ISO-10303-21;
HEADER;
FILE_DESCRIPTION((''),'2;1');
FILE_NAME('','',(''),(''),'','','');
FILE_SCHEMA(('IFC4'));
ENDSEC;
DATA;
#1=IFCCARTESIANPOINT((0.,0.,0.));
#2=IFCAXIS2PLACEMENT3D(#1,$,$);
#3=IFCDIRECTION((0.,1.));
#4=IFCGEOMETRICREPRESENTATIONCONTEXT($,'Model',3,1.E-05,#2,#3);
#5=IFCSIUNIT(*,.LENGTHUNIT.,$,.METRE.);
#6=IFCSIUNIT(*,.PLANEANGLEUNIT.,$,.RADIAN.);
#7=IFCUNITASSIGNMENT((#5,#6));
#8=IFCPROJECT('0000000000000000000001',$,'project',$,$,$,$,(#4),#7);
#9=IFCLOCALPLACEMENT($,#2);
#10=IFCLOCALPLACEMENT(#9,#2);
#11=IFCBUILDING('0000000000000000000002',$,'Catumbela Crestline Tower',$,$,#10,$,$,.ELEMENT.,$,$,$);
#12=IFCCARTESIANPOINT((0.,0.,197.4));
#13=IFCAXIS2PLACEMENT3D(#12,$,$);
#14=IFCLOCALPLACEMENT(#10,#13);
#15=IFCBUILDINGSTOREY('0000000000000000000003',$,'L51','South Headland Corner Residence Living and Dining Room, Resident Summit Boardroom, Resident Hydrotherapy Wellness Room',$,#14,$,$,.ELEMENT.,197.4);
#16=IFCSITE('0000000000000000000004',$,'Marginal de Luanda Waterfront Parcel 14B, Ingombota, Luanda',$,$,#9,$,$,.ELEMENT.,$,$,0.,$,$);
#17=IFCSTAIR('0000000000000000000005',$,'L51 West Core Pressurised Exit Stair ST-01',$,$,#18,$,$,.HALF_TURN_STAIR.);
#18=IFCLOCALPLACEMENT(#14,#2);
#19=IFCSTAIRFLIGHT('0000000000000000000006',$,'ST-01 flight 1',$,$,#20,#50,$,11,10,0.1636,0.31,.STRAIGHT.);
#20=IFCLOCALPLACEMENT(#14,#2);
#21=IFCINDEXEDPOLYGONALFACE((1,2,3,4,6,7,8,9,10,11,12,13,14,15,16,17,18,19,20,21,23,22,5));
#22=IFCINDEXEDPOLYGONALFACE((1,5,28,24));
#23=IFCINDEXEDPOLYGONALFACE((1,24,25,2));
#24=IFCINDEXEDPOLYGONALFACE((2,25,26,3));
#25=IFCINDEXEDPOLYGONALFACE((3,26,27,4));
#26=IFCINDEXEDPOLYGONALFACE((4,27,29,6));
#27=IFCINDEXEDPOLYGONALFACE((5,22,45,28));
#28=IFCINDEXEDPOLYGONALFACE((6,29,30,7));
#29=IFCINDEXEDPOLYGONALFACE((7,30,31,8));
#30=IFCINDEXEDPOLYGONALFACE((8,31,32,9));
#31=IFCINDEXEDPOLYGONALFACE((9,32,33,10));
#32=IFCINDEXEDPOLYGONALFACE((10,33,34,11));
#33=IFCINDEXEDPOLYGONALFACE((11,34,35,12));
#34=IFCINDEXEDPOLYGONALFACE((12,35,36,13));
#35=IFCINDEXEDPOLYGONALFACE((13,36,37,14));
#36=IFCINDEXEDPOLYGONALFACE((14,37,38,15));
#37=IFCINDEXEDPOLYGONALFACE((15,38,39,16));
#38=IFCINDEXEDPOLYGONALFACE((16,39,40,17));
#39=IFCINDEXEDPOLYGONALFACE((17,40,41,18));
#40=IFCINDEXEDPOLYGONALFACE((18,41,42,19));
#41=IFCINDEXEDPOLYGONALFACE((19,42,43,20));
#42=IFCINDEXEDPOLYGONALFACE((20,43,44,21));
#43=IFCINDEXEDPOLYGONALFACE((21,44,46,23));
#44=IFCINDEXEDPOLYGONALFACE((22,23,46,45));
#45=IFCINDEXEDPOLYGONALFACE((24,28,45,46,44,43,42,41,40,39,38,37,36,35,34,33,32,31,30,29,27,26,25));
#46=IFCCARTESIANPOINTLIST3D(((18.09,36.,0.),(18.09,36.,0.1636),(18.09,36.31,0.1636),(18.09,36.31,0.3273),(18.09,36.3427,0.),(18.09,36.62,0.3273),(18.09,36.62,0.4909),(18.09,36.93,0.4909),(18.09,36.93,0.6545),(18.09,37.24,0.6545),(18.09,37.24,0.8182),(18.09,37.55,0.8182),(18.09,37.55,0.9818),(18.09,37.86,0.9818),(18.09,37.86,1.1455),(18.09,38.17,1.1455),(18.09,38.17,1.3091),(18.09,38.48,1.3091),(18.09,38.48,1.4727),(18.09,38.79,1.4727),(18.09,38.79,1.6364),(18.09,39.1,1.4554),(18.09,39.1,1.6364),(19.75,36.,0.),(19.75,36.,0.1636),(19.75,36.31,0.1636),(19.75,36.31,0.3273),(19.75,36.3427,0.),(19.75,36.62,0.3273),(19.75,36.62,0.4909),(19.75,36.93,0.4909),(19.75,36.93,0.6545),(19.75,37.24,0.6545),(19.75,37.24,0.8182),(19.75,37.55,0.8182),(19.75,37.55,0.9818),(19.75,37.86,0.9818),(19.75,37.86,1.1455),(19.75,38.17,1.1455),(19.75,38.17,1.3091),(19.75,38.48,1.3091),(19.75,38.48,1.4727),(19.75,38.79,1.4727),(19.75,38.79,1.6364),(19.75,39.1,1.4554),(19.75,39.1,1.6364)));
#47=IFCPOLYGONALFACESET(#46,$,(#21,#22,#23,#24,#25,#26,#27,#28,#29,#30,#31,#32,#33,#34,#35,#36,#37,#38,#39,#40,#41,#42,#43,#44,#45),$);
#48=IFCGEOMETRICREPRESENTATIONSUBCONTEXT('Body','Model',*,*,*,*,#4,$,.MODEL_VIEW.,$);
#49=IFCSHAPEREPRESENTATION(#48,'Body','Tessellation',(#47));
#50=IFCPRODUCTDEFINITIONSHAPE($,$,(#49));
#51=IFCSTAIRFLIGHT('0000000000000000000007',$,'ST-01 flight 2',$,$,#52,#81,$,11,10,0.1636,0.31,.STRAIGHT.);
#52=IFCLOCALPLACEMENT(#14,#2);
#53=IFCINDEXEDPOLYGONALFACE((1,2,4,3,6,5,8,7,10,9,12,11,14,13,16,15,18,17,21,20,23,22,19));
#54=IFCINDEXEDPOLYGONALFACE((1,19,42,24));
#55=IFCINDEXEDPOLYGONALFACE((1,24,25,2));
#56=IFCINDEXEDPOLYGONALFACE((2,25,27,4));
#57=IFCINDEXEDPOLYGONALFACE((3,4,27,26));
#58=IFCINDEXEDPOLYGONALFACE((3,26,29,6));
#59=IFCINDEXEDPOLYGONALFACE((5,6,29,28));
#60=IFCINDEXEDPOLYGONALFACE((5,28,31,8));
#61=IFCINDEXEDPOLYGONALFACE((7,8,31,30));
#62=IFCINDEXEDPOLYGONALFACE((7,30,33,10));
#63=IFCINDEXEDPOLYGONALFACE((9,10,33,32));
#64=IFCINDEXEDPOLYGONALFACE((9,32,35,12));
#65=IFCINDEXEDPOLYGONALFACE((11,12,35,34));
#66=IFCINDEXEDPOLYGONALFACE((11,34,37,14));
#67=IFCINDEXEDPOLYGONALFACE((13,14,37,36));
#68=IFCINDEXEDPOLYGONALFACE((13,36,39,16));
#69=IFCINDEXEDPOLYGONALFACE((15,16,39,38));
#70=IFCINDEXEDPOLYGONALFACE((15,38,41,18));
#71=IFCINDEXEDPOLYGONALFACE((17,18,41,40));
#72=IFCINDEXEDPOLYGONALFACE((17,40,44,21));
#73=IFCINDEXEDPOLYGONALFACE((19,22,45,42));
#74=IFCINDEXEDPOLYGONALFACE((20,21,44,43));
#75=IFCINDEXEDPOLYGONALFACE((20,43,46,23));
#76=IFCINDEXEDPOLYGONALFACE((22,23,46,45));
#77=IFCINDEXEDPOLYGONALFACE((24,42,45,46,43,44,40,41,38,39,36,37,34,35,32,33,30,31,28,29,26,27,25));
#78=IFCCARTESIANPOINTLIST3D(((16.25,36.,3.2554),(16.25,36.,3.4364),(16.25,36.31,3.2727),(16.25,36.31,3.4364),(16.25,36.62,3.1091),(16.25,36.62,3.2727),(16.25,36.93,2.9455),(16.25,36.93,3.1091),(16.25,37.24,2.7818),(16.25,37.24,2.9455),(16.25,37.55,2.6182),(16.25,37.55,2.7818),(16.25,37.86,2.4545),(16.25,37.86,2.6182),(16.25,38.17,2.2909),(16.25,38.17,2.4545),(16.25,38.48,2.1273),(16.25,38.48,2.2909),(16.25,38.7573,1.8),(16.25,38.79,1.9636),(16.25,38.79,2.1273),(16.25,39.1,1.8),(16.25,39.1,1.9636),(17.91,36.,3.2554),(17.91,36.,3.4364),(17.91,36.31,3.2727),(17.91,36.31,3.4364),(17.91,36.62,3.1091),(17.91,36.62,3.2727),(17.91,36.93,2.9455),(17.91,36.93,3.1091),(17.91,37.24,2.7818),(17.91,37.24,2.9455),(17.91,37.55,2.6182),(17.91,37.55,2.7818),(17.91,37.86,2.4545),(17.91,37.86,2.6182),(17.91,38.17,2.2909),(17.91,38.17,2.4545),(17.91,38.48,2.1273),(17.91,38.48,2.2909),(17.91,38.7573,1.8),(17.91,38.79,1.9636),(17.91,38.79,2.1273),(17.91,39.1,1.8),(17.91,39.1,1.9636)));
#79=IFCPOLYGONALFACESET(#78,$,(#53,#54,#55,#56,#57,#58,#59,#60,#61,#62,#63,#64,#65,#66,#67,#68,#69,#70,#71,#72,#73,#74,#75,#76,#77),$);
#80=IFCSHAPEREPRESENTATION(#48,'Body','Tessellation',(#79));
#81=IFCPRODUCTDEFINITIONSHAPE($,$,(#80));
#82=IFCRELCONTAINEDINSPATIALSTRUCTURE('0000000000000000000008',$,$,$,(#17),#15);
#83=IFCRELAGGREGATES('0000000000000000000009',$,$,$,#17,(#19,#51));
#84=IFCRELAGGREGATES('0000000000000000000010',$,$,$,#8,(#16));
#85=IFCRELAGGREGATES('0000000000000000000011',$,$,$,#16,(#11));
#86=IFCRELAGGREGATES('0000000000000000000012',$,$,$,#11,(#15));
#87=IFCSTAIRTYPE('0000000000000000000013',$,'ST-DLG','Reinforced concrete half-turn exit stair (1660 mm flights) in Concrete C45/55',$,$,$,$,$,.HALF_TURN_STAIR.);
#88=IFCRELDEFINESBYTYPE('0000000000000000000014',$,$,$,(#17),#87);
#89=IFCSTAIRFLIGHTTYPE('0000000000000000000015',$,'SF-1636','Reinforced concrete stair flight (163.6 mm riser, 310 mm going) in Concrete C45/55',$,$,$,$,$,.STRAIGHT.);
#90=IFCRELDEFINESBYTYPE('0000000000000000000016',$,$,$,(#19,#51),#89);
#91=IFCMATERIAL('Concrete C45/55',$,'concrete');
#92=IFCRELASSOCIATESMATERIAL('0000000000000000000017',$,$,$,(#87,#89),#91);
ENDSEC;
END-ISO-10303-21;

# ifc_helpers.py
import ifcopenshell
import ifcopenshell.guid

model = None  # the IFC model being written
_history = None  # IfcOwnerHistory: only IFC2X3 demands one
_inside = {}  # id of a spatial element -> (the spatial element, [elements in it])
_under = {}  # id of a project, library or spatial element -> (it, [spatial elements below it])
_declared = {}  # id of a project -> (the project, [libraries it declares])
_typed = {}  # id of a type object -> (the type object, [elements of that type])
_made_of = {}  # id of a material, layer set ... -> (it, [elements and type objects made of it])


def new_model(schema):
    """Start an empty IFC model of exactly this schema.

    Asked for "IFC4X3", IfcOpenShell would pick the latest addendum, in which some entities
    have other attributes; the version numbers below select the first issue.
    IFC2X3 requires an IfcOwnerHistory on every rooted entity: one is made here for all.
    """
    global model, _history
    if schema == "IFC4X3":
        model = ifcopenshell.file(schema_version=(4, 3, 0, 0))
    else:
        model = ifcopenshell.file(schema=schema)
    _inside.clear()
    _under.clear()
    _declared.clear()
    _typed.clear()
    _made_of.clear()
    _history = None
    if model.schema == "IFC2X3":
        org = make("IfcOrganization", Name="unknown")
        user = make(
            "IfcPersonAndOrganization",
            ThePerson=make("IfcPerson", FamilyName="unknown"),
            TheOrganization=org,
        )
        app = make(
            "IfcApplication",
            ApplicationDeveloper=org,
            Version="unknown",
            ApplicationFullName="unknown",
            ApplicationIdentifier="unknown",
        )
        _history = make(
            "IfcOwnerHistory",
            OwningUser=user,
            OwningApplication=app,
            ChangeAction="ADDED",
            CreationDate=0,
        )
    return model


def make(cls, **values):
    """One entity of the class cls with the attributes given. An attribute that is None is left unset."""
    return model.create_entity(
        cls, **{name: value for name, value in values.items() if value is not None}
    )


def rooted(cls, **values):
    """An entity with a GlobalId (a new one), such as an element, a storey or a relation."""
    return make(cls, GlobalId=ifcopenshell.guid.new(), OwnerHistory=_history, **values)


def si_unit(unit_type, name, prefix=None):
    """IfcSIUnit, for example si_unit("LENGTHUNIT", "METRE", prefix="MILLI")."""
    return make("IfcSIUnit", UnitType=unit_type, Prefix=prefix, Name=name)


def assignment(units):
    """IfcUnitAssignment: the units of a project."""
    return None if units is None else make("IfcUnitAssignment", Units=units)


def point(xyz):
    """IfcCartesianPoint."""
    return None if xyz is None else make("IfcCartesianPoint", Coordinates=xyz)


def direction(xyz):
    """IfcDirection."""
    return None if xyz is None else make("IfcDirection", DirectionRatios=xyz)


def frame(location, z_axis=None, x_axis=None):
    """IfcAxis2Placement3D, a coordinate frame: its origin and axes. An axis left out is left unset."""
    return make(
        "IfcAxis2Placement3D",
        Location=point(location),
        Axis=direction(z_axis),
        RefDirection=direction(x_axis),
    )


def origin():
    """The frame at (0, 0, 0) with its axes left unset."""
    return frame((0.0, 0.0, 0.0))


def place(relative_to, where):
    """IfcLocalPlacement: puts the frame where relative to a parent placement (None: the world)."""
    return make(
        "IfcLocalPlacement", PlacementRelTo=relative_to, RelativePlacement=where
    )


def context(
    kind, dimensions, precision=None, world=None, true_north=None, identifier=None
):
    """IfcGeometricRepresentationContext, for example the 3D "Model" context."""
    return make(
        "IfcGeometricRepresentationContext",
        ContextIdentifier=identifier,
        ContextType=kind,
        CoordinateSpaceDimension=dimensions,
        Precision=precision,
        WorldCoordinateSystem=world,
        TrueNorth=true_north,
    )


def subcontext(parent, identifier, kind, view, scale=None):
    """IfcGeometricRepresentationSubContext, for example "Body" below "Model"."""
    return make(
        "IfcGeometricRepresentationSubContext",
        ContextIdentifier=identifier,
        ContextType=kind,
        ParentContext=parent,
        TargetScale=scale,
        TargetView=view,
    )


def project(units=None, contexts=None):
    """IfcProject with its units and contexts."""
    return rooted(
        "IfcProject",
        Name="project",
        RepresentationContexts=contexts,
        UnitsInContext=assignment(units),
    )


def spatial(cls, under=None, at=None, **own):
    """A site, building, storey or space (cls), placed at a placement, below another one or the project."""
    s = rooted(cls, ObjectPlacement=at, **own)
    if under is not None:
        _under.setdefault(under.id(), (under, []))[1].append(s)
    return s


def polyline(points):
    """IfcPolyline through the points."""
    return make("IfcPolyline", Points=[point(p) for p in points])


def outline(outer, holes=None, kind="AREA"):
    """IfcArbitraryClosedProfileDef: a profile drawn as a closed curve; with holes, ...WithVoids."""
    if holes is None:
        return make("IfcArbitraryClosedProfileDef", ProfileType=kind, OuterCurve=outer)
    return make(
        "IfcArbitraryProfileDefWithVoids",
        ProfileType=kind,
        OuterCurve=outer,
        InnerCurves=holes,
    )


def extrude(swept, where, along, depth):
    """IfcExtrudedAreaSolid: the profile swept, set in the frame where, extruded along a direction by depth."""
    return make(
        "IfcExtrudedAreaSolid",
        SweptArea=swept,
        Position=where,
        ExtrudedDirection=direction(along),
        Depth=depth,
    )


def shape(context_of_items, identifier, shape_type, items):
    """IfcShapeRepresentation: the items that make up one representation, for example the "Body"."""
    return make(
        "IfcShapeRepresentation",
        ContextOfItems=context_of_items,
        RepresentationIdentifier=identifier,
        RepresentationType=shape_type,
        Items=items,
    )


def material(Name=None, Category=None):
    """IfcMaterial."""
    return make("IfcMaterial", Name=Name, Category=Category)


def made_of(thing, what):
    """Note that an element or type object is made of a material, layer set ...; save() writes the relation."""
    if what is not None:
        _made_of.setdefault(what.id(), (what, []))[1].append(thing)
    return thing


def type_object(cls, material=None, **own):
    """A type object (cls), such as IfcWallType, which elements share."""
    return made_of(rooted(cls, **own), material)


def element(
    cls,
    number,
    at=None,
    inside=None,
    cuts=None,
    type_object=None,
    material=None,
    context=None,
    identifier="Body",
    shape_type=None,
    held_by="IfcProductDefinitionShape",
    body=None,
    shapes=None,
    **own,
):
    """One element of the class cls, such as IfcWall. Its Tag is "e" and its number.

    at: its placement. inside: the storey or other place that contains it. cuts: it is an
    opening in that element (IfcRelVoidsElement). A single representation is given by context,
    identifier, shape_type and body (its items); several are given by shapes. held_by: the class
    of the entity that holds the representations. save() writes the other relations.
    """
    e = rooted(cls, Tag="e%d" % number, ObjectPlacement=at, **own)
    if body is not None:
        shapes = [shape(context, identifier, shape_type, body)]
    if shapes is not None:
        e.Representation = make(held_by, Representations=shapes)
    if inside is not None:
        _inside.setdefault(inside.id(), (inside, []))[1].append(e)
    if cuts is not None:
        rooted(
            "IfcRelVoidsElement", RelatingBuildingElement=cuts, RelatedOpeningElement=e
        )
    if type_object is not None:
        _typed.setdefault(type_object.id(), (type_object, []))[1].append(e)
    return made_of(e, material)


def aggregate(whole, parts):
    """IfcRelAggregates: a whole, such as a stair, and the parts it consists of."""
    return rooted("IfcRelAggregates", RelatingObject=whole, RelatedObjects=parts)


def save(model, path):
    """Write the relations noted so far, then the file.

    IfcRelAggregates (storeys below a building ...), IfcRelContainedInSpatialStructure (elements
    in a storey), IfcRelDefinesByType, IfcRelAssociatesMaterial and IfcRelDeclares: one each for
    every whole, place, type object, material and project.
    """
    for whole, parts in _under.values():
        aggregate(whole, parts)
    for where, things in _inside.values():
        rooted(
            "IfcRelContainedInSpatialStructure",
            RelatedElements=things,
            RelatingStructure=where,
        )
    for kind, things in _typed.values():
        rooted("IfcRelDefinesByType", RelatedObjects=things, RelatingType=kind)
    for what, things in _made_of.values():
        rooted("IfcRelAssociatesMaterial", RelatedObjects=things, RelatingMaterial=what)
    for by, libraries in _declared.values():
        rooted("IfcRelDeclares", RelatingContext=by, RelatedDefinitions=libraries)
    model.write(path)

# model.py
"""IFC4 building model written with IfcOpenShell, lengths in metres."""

from ifc_helpers import new_model, si_unit, direction, frame, origin, place, context, subcontext, project, spatial, polyline, outline, extrude, material, type_object, element, aggregate, save


model = new_model("IFC4")

# Units and contexts
model_context = context("Model", 3, precision=1e-05, world=origin(), true_north=direction((0.0, 1.0)))
body_context = subcontext(model_context, "Body", "Model", "MODEL_VIEW")
ifc_project = project(units=[si_unit("LENGTHUNIT", "METRE"), si_unit("PLANEANGLEUNIT", "RADIAN")], contexts=[model_context])

# Site, building, storey
site_placement = place(None, origin())
site = spatial("IfcSite", under=ifc_project, at=site_placement, Name="Marginal de Luanda Waterfront Parcel 14B, Ingombota, Luanda", CompositionType="ELEMENT", RefElevation=0.0)
building_placement = place(site_placement, origin())
building = spatial("IfcBuilding", under=site, at=building_placement, Name="Catumbela Crestline Tower", CompositionType="ELEMENT")
storey_placement = place(building_placement, frame((0.0, 0.0, 197.4)))
storey = spatial("IfcBuildingStorey", under=building, at=storey_placement, Name="L51", Description="South Headland Corner Residence Living and Dining Room, Resident Summit Boardroom, Resident Hydrotherapy Wellness Room", CompositionType="ELEMENT", Elevation=197.4)

# Stair, stair flights
ifc_material_1 = material(Name="Concrete C45/55", Category="concrete")
stair_type = type_object("IfcStairType", Name="ST-DLG", Description="Reinforced concrete half-turn exit stair (1660 mm flights) in Concrete C45/55", PredefinedType="HALF_TURN_STAIR", material=ifc_material_1)
stair_placement = place(storey_placement, origin())
stair = element("IfcStair", 1, at=stair_placement, inside=storey, type_object=stair_type, Name="L51 West Core Pressurised Exit Stair ST-01", PredefinedType="HALF_TURN_STAIR")
stair_flight_type = type_object("IfcStairFlightType", Name="SF-1636", Description="Reinforced concrete stair flight (163.6 mm riser, 310 mm going) in Concrete C45/55", PredefinedType="STRAIGHT", material=ifc_material_1)
stair_flight_1_placement = place(storey_placement, frame((18.92, 36.0, 0.0), z_axis=(0.0, 0.0, 1.0), x_axis=(0.0, 1.0, 0.0)))
stair_flight_1 = element("IfcStairFlight", 2, at=stair_flight_1_placement, type_object=stair_flight_type, Name="ST-01 flight 1", NumberOfRisers=11, NumberOfTreads=10, PredefinedType="STRAIGHT", RiserHeight=0.1636, TreadLength=0.31, context=body_context, shape_type="SweptSolid", body=[
    extrude(outline(polyline([(0.0, 0.0), (0.0, 0.1636), (0.31, 0.1636), (0.31, 0.3273), (0.62, 0.3273), (0.62, 0.4909), (0.93, 0.4909), (0.93, 0.6545), (1.24, 0.6545), (1.24, 0.8182), (1.55, 0.8182), (1.55, 0.9818), (1.86, 0.9818), (1.86, 1.1455), (2.17, 1.1455), (2.17, 1.3091), (2.48, 1.3091), (2.48, 1.4727), (2.79, 1.4727), (2.79, 1.6364), (3.1, 1.6364), (3.1, 1.8), (3.1, 1.4554), (0.3427, 0.0), (0.0, 0.0)])), frame((0.0, 0.83, 0.0), z_axis=(0.0, -1.0, 0.0), x_axis=(1.0, 0.0, 0.0)), (0.0, 0.0, 1.0), 1.66),
])
stair_flight_2_placement = place(storey_placement, frame((17.08, 39.1, 1.8), z_axis=(0.0, 0.0, 1.0), x_axis=(0.0, -1.0, 0.0)))
stair_flight_2 = element("IfcStairFlight", 3, at=stair_flight_2_placement, type_object=stair_flight_type, Name="ST-01 flight 2", NumberOfRisers=11, NumberOfTreads=10, PredefinedType="STRAIGHT", RiserHeight=0.1636, TreadLength=0.31, context=body_context, shape_type="SweptSolid", body=[
    extrude(outline(polyline([(0.0, 0.0), (0.0, 0.1636), (0.31, 0.1636), (0.31, 0.3273), (0.62, 0.3273), (0.62, 0.4909), (0.93, 0.4909), (0.93, 0.6545), (1.24, 0.6545), (1.24, 0.8182), (1.55, 0.8182), (1.55, 0.9818), (1.86, 0.9818), (1.86, 1.1455), (2.17, 1.1455), (2.17, 1.3091), (2.48, 1.3091), (2.48, 1.4727), (2.79, 1.4727), (2.79, 1.6364), (3.1, 1.6364), (3.1, 1.8), (3.1, 1.4554), (0.3427, 0.0), (0.0, 0.0)])), frame((0.0, 0.83, 0.0), z_axis=(0.0, -1.0, 0.0), x_axis=(1.0, 0.0, 0.0)), (0.0, 0.0, 1.0), 1.66),
])
aggregate(stair, [stair_flight_1, stair_flight_2])

save(model, "model.ifc")
